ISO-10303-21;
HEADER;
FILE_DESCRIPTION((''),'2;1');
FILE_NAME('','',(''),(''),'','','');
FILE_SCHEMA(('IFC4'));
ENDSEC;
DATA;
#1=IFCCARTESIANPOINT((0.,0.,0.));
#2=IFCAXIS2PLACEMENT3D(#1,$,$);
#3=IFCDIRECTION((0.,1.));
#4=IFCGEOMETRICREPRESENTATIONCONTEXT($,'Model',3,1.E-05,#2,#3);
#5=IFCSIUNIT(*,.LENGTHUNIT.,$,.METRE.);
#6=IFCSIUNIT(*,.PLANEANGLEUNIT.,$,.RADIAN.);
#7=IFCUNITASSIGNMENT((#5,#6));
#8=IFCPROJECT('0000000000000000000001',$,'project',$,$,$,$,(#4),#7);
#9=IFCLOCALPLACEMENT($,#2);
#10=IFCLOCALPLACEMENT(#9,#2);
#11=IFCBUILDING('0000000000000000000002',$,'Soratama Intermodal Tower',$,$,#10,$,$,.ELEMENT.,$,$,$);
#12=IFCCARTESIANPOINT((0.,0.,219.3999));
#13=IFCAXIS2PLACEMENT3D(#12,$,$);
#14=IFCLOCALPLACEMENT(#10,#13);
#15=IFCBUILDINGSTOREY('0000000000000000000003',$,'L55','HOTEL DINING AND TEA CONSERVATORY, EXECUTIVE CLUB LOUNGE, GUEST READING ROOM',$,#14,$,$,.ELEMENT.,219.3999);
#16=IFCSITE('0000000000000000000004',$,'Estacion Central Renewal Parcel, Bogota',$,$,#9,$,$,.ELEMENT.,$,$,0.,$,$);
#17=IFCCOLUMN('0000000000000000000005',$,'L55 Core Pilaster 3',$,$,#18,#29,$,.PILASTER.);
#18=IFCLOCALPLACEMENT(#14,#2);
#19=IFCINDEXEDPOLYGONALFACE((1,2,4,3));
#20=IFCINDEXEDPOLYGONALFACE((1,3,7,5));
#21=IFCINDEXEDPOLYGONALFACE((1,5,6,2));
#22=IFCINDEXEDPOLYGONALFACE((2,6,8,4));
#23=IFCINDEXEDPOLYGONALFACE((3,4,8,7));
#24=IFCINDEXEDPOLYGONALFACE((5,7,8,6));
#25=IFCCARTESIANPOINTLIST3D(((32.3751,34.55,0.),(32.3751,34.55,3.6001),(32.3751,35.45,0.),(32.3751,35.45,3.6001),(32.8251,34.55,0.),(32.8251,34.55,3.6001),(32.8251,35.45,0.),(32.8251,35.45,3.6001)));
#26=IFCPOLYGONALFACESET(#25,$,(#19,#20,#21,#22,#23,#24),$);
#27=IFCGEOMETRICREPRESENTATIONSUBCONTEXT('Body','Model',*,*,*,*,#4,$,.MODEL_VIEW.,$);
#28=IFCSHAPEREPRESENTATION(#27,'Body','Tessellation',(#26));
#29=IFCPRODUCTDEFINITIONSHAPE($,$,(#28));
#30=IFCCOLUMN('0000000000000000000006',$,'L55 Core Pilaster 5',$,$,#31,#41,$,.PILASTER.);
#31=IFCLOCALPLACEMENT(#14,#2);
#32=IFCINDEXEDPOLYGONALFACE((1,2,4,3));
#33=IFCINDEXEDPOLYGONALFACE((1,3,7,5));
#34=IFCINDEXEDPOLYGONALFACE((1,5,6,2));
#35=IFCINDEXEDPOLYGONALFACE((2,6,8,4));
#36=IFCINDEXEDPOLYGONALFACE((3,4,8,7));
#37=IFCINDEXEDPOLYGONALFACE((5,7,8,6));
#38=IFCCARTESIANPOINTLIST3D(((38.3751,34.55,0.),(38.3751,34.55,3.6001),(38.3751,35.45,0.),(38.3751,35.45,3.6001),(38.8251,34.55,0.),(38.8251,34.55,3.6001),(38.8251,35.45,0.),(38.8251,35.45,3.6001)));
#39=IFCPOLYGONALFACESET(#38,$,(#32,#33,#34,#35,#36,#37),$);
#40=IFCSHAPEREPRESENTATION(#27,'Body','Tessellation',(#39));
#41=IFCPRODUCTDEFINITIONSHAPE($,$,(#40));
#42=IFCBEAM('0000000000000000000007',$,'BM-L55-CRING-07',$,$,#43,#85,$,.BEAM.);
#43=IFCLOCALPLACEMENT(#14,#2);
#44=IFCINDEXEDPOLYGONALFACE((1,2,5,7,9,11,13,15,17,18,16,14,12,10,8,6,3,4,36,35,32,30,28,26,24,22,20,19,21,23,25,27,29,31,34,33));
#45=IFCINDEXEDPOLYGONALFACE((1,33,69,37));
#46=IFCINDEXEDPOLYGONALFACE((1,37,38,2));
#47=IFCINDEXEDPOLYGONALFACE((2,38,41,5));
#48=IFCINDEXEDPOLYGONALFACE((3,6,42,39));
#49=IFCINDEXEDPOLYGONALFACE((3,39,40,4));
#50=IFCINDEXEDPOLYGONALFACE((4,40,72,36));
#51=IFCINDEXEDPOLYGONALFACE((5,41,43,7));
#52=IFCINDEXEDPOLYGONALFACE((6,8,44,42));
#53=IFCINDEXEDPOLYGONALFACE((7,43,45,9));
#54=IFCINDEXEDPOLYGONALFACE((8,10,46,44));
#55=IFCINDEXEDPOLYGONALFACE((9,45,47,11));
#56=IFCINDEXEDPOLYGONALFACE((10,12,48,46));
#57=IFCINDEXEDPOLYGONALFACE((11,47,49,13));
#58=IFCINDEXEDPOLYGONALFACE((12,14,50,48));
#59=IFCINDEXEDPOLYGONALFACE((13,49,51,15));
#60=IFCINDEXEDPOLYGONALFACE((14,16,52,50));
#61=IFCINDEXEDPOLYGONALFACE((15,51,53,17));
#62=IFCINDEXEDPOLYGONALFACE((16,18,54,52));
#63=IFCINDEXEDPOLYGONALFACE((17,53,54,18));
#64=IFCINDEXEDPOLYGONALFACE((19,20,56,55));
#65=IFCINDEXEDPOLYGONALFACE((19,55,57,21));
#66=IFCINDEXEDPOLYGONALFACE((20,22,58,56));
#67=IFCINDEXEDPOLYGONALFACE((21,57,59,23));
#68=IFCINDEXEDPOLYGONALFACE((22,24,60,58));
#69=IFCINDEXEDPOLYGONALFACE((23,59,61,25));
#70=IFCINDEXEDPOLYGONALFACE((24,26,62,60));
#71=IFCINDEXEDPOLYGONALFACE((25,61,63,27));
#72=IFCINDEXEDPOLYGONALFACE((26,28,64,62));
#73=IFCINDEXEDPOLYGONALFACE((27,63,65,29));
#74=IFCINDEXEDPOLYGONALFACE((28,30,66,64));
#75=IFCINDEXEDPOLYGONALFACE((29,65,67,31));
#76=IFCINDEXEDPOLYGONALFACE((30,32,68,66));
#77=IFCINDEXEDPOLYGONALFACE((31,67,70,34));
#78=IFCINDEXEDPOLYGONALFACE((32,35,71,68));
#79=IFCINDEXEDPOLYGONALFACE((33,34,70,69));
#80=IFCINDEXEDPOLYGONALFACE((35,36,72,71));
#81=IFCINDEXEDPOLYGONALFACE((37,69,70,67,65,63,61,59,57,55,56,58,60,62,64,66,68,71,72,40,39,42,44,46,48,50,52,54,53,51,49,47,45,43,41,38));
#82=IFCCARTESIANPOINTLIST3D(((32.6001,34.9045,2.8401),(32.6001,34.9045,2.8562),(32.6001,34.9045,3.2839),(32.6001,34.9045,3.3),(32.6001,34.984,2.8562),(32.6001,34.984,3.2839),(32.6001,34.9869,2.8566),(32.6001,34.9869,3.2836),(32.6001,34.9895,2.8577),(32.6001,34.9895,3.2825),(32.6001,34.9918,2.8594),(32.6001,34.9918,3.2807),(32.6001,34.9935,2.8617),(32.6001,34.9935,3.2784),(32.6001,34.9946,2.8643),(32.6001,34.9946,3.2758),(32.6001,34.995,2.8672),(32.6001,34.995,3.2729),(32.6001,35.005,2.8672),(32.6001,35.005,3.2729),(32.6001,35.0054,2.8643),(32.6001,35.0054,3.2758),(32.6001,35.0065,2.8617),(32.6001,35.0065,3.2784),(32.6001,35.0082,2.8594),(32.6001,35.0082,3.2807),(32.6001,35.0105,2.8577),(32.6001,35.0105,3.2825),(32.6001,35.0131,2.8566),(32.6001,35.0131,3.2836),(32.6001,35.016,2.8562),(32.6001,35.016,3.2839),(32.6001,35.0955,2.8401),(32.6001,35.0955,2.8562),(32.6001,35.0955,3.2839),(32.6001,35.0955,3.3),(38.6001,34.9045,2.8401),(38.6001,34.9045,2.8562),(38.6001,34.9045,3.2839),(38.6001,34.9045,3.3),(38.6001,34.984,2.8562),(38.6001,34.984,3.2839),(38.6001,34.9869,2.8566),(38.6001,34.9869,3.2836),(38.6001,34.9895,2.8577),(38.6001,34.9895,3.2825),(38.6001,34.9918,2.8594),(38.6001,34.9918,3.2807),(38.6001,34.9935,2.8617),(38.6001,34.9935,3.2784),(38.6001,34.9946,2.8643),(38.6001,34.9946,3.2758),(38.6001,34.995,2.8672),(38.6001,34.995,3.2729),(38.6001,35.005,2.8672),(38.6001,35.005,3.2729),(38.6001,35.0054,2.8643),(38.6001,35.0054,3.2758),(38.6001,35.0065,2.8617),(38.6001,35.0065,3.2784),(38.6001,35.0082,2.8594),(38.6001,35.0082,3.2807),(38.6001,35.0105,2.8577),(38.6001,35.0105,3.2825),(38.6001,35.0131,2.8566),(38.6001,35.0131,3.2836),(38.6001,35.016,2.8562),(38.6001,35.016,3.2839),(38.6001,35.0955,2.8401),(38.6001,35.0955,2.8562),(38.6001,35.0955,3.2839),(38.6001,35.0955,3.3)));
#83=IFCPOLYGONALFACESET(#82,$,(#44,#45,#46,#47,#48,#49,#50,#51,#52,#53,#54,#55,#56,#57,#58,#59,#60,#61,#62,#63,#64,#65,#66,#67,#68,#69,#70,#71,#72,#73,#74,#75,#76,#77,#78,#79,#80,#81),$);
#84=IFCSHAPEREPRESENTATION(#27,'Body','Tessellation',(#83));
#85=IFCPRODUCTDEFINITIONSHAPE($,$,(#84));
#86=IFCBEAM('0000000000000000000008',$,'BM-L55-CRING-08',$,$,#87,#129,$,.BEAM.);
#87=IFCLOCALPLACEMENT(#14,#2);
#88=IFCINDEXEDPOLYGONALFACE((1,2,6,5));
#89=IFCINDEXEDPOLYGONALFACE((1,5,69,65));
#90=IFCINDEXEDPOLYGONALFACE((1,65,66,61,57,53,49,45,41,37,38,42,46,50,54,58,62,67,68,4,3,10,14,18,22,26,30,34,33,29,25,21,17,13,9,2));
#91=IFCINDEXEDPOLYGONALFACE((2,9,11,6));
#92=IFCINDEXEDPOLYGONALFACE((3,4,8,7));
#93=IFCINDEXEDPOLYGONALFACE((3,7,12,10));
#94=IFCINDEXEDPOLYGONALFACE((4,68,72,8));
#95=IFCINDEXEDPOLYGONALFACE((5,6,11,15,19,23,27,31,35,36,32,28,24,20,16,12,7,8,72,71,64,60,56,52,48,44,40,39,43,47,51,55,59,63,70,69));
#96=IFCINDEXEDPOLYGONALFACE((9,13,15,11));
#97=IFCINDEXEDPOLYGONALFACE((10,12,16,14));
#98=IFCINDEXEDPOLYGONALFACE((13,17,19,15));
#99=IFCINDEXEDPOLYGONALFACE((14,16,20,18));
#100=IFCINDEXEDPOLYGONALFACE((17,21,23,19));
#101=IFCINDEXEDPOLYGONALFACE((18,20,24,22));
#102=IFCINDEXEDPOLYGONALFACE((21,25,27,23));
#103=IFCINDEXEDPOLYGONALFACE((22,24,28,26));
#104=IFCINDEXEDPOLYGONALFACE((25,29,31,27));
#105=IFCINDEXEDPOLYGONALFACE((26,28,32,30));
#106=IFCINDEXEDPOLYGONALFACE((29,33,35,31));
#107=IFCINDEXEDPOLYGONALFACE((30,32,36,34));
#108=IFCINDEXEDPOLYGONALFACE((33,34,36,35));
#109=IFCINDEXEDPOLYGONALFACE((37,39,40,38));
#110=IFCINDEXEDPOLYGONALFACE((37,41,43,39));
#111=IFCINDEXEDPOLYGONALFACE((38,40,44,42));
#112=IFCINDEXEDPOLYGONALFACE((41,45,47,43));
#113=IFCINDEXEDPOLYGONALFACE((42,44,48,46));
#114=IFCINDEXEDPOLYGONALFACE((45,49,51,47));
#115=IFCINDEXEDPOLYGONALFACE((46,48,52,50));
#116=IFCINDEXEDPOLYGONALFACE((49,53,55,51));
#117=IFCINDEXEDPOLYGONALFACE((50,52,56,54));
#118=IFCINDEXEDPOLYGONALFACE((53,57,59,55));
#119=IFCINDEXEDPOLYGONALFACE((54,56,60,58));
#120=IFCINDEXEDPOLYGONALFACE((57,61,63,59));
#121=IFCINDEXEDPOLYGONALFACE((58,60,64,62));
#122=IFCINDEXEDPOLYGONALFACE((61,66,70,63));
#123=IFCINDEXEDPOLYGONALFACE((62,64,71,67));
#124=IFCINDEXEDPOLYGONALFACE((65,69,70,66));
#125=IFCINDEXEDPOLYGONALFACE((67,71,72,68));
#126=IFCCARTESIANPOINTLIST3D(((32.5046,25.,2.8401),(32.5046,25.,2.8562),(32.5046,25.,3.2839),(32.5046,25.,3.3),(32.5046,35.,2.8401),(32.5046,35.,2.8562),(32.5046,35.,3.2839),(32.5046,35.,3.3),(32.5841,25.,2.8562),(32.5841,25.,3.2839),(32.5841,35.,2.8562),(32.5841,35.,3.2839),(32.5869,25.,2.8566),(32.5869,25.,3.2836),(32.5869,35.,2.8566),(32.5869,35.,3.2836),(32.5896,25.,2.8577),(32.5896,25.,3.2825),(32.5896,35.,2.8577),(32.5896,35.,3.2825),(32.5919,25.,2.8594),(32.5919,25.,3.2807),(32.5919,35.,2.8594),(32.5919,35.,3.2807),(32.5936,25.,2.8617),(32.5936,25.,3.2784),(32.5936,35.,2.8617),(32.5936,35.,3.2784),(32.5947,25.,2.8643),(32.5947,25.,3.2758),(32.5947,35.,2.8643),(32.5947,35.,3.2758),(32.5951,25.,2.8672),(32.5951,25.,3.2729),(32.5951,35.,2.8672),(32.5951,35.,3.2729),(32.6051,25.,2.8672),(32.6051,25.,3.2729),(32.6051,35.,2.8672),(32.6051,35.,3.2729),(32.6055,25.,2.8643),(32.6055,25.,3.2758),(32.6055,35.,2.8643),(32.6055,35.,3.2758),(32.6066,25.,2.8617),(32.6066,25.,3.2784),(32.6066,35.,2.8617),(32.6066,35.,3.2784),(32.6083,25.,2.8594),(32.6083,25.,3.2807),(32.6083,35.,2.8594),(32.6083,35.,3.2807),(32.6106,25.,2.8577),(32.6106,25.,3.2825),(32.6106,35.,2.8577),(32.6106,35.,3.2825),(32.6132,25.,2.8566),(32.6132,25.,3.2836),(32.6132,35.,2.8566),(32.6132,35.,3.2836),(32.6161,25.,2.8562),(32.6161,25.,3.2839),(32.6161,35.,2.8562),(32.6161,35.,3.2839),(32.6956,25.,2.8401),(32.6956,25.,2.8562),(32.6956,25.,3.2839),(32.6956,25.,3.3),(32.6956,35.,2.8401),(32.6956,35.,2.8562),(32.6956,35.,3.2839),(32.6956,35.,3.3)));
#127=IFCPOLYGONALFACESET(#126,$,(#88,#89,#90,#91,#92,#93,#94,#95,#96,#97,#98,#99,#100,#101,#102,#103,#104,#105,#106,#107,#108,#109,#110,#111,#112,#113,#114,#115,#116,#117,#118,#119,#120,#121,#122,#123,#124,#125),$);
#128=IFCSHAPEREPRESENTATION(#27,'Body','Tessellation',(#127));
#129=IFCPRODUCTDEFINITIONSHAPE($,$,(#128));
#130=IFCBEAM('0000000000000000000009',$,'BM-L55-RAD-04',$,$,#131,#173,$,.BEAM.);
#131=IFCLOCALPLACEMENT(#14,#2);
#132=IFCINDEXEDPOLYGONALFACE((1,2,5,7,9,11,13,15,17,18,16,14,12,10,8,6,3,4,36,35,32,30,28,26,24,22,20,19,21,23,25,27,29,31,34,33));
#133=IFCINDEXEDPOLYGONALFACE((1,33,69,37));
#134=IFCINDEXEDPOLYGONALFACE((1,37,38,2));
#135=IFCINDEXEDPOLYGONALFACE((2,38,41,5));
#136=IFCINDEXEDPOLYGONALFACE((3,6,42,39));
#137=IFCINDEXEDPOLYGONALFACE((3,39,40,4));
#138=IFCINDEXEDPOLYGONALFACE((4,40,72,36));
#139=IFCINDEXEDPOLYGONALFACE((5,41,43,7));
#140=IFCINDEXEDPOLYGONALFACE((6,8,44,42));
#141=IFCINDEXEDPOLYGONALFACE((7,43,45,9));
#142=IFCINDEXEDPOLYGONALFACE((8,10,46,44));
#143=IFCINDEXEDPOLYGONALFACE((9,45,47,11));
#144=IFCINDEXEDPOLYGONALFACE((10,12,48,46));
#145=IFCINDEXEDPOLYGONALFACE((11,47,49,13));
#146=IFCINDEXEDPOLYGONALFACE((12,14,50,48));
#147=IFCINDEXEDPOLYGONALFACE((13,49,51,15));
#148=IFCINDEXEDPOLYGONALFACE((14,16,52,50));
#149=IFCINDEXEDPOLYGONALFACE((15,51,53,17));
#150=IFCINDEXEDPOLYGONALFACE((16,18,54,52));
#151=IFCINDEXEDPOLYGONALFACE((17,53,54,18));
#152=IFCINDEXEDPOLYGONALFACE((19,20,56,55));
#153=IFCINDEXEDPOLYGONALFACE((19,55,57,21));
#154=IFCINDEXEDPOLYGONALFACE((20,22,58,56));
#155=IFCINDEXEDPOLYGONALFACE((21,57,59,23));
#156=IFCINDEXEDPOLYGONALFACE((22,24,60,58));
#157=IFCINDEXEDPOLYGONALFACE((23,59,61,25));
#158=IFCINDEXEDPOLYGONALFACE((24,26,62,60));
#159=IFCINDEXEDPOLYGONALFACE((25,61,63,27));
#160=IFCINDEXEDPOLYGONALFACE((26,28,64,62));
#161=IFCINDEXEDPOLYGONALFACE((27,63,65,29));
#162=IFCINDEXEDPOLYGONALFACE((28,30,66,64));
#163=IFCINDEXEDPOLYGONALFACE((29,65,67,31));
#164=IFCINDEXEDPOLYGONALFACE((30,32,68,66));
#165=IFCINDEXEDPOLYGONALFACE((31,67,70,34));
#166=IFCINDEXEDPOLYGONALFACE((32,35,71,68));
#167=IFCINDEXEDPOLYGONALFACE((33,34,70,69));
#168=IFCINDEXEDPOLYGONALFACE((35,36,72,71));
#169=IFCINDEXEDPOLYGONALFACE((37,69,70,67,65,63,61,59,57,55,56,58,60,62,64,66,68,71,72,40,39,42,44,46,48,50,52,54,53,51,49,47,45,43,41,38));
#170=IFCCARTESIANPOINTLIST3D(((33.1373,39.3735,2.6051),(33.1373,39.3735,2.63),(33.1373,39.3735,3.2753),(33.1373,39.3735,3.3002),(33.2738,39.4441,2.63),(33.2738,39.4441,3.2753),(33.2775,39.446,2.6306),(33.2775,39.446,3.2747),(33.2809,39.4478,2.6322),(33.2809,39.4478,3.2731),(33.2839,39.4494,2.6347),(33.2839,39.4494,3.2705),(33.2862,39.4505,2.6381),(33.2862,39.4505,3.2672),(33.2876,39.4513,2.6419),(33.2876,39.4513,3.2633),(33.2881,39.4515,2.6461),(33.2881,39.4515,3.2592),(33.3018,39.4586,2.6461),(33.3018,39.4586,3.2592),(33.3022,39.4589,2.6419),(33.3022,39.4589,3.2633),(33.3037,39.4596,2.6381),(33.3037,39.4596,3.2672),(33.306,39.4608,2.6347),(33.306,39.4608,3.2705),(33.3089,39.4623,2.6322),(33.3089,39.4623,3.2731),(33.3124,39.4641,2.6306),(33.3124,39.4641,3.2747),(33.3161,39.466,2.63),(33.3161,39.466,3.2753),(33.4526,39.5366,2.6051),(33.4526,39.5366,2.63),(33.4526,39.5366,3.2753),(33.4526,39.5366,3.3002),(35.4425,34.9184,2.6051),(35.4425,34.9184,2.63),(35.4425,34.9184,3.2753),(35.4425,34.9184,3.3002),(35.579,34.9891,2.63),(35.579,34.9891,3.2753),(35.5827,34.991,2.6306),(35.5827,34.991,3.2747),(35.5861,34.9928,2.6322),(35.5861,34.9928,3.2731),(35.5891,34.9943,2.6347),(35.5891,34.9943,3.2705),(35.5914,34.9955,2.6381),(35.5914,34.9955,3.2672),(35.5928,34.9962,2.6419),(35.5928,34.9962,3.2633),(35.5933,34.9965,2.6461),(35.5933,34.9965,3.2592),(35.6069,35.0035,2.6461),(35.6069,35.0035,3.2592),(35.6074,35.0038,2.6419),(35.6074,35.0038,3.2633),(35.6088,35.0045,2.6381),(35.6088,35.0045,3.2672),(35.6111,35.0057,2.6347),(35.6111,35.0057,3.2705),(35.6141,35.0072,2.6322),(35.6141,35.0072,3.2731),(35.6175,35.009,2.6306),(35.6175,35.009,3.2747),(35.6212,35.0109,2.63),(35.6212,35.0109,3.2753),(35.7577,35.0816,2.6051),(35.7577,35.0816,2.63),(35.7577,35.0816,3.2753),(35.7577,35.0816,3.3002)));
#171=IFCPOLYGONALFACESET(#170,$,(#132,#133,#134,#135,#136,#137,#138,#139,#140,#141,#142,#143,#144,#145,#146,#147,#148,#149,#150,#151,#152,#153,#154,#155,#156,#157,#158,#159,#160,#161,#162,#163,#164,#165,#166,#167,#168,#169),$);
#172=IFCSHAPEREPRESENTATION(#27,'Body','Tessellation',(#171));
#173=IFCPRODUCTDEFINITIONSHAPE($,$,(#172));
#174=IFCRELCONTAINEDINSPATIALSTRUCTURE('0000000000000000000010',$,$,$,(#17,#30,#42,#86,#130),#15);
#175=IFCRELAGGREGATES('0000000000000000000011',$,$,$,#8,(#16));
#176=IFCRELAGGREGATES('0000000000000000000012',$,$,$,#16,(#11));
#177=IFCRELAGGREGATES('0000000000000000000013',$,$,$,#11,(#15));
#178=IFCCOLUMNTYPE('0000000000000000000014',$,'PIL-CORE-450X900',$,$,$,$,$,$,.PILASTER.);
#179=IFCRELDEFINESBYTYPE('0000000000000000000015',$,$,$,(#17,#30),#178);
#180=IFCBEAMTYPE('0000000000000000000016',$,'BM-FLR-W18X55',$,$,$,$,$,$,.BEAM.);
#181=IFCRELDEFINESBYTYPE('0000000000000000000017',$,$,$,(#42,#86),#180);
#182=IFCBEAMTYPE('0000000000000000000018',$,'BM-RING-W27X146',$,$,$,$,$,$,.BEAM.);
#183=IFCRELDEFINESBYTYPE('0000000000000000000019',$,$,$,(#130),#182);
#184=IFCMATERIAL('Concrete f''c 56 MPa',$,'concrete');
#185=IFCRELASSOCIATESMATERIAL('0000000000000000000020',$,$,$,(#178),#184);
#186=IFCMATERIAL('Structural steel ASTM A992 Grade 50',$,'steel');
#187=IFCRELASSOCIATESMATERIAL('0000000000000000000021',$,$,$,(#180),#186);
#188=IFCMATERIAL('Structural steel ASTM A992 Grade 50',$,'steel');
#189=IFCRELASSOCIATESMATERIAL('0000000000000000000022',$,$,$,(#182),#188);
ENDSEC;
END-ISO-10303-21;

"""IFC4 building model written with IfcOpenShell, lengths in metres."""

from ifc_helpers import new_model, si_unit, direction, frame, origin, origin_2d, place, context, subcontext, project, spatial, rectangle, i_section, extrude, material, material_profile, profile_set, type_object, element, save


model = new_model("IFC4")

# Units and contexts
model_context = context("Model", 3, precision=1e-05, world=origin(), true_north=direction((0.0, 1.0)))
body_context = subcontext(model_context, "Body", "Model", "MODEL_VIEW")
ifc_project = project(units=[si_unit("LENGTHUNIT", "METRE"), si_unit("PLANEANGLEUNIT", "RADIAN")], contexts=[model_context])

# Site, building, storey
site_placement = place(None, origin())
site = spatial("IfcSite", under=ifc_project, at=site_placement, Name="Estacion Central Renewal Parcel, Bogota", CompositionType="ELEMENT", RefElevation=0.0)
building_placement = place(site_placement, origin())
building = spatial("IfcBuilding", under=site, at=building_placement, Name="Soratama Intermodal Tower", CompositionType="ELEMENT")
storey_placement = place(building_placement, frame((0.0, 0.0, 219.3999)))
storey = spatial("IfcBuildingStorey", under=building, at=storey_placement, Name="L55", Description="HOTEL DINING AND TEA CONSERVATORY, EXECUTIVE CLUB LOUNGE, GUEST READING ROOM", CompositionType="ELEMENT", Elevation=219.3999)

# Columns
ifc_material_1 = material(Name="Concrete f'c 56 MPa", Category="concrete")
ifc_material_profile_1 = material_profile(ifc_material_1, rectangle(XDim=0.45, YDim=0.8999, at=origin_2d()), Name="RC450X900")
ifc_profile_set_1 = profile_set([ifc_material_profile_1], Name="Concrete f'c 56 MPa")
column_type = type_object("IfcColumnType", Name="PIL-CORE-450X900", PredefinedType="PILASTER", material=ifc_profile_set_1)
for number, where, z_axis, x_axis, name in (
    (1, (32.6001, 35.0, 0.0), (0.0, 0.0, 1.0), (1.0, 0.0, 0.0), "L55 Core Pilaster 3"),
    (2, (38.6001, 35.0, 0.0), (0.0, 0.0, 1.0), (1.0, 0.0, 0.0), "L55 Core Pilaster 5"),
):
    element("IfcColumn", number, at=place(storey_placement, frame(where, z_axis=z_axis, x_axis=x_axis)), inside=storey, type_object=column_type, Name=name, PredefinedType="PILASTER", context=body_context, shape_type="SweptSolid", body=[
        extrude(rectangle(XDim=0.45, YDim=0.8999, at=origin_2d()), origin(), (0.0, 0.0, 1.0), 3.6001),
    ])

# Beams
ifc_material_2 = material(Name="Structural steel ASTM A992 Grade 50", Category="steel")
ifc_material_profile_2 = material_profile(ifc_material_2, i_section(OverallWidth=0.1909, OverallDepth=0.46, WebThickness=0.01, FlangeThickness=0.0161, FilletRadius=0.011, at=origin_2d()), Name="W18X55")
ifc_profile_set_2 = profile_set([ifc_material_profile_2], Name="Structural steel ASTM A992 Grade 50")
beam_type_1 = type_object("IfcBeamType", Name="BM-FLR-W18X55", PredefinedType="BEAM", material=ifc_profile_set_2)
beam_1_placement = place(storey_placement, frame((38.6001, 35.0, 3.0701), z_axis=(-1.0, 0.0, 0.0), x_axis=(0.0, -1.0, 0.0)))
element("IfcBeam", 3, at=beam_1_placement, inside=storey, type_object=beam_type_1, Name="BM-L55-CRING-07", PredefinedType="BEAM", context=body_context, shape_type="SweptSolid", body=[
    extrude(i_section(OverallWidth=0.1909, OverallDepth=0.46, WebThickness=0.01, FlangeThickness=0.0161, FilletRadius=0.011, at=origin_2d()), origin(), (0.0, 0.0, 1.0), 6.0),
])
beam_2_placement = place(storey_placement, frame((32.6001, 35.0, 3.0701), z_axis=(0.0, -1.0, 0.0), x_axis=(1.0, 0.0, 0.0)))
element("IfcBeam", 4, at=beam_2_placement, inside=storey, type_object=beam_type_1, Name="BM-L55-CRING-08", PredefinedType="BEAM", context=body_context, shape_type="SweptSolid", body=[
    extrude(i_section(OverallWidth=0.1909, OverallDepth=0.46, WebThickness=0.01, FlangeThickness=0.0161, FilletRadius=0.011, at=origin_2d()), origin(), (0.0, 0.0, 1.0), 10.0),
])
ifc_material_3 = material(Name="Structural steel ASTM A992 Grade 50", Category="steel")
ifc_material_profile_3 = material_profile(ifc_material_3, i_section(OverallWidth=0.355, OverallDepth=0.6951, WebThickness=0.0154, FlangeThickness=0.0249, FilletRadius=0.0161, at=origin_2d()), Name="W27X146")
ifc_profile_set_3 = profile_set([ifc_material_profile_3], Name="Structural steel ASTM A992 Grade 50")
beam_type_2 = type_object("IfcBeamType", Name="BM-RING-W27X146", PredefinedType="BEAM", material=ifc_profile_set_3)
beam_3_placement = place(storey_placement, frame((35.6001, 35.0, 2.9526), z_axis=(-0.459553, 0.888151, 0.0), x_axis=(-0.888151, -0.459553, 0.0)))
element("IfcBeam", 5, at=beam_3_placement, inside=storey, type_object=beam_type_2, Name="BM-L55-RAD-04", PredefinedType="BEAM", context=body_context, shape_type="SweptSolid", body=[
    extrude(i_section(OverallWidth=0.355, OverallDepth=0.6951, WebThickness=0.0154, FlangeThickness=0.0249, FilletRadius=0.0161, at=origin_2d()), origin(), (0.0, 0.0, 1.0), 5.0161),
])

save(model, "model.ifc")
